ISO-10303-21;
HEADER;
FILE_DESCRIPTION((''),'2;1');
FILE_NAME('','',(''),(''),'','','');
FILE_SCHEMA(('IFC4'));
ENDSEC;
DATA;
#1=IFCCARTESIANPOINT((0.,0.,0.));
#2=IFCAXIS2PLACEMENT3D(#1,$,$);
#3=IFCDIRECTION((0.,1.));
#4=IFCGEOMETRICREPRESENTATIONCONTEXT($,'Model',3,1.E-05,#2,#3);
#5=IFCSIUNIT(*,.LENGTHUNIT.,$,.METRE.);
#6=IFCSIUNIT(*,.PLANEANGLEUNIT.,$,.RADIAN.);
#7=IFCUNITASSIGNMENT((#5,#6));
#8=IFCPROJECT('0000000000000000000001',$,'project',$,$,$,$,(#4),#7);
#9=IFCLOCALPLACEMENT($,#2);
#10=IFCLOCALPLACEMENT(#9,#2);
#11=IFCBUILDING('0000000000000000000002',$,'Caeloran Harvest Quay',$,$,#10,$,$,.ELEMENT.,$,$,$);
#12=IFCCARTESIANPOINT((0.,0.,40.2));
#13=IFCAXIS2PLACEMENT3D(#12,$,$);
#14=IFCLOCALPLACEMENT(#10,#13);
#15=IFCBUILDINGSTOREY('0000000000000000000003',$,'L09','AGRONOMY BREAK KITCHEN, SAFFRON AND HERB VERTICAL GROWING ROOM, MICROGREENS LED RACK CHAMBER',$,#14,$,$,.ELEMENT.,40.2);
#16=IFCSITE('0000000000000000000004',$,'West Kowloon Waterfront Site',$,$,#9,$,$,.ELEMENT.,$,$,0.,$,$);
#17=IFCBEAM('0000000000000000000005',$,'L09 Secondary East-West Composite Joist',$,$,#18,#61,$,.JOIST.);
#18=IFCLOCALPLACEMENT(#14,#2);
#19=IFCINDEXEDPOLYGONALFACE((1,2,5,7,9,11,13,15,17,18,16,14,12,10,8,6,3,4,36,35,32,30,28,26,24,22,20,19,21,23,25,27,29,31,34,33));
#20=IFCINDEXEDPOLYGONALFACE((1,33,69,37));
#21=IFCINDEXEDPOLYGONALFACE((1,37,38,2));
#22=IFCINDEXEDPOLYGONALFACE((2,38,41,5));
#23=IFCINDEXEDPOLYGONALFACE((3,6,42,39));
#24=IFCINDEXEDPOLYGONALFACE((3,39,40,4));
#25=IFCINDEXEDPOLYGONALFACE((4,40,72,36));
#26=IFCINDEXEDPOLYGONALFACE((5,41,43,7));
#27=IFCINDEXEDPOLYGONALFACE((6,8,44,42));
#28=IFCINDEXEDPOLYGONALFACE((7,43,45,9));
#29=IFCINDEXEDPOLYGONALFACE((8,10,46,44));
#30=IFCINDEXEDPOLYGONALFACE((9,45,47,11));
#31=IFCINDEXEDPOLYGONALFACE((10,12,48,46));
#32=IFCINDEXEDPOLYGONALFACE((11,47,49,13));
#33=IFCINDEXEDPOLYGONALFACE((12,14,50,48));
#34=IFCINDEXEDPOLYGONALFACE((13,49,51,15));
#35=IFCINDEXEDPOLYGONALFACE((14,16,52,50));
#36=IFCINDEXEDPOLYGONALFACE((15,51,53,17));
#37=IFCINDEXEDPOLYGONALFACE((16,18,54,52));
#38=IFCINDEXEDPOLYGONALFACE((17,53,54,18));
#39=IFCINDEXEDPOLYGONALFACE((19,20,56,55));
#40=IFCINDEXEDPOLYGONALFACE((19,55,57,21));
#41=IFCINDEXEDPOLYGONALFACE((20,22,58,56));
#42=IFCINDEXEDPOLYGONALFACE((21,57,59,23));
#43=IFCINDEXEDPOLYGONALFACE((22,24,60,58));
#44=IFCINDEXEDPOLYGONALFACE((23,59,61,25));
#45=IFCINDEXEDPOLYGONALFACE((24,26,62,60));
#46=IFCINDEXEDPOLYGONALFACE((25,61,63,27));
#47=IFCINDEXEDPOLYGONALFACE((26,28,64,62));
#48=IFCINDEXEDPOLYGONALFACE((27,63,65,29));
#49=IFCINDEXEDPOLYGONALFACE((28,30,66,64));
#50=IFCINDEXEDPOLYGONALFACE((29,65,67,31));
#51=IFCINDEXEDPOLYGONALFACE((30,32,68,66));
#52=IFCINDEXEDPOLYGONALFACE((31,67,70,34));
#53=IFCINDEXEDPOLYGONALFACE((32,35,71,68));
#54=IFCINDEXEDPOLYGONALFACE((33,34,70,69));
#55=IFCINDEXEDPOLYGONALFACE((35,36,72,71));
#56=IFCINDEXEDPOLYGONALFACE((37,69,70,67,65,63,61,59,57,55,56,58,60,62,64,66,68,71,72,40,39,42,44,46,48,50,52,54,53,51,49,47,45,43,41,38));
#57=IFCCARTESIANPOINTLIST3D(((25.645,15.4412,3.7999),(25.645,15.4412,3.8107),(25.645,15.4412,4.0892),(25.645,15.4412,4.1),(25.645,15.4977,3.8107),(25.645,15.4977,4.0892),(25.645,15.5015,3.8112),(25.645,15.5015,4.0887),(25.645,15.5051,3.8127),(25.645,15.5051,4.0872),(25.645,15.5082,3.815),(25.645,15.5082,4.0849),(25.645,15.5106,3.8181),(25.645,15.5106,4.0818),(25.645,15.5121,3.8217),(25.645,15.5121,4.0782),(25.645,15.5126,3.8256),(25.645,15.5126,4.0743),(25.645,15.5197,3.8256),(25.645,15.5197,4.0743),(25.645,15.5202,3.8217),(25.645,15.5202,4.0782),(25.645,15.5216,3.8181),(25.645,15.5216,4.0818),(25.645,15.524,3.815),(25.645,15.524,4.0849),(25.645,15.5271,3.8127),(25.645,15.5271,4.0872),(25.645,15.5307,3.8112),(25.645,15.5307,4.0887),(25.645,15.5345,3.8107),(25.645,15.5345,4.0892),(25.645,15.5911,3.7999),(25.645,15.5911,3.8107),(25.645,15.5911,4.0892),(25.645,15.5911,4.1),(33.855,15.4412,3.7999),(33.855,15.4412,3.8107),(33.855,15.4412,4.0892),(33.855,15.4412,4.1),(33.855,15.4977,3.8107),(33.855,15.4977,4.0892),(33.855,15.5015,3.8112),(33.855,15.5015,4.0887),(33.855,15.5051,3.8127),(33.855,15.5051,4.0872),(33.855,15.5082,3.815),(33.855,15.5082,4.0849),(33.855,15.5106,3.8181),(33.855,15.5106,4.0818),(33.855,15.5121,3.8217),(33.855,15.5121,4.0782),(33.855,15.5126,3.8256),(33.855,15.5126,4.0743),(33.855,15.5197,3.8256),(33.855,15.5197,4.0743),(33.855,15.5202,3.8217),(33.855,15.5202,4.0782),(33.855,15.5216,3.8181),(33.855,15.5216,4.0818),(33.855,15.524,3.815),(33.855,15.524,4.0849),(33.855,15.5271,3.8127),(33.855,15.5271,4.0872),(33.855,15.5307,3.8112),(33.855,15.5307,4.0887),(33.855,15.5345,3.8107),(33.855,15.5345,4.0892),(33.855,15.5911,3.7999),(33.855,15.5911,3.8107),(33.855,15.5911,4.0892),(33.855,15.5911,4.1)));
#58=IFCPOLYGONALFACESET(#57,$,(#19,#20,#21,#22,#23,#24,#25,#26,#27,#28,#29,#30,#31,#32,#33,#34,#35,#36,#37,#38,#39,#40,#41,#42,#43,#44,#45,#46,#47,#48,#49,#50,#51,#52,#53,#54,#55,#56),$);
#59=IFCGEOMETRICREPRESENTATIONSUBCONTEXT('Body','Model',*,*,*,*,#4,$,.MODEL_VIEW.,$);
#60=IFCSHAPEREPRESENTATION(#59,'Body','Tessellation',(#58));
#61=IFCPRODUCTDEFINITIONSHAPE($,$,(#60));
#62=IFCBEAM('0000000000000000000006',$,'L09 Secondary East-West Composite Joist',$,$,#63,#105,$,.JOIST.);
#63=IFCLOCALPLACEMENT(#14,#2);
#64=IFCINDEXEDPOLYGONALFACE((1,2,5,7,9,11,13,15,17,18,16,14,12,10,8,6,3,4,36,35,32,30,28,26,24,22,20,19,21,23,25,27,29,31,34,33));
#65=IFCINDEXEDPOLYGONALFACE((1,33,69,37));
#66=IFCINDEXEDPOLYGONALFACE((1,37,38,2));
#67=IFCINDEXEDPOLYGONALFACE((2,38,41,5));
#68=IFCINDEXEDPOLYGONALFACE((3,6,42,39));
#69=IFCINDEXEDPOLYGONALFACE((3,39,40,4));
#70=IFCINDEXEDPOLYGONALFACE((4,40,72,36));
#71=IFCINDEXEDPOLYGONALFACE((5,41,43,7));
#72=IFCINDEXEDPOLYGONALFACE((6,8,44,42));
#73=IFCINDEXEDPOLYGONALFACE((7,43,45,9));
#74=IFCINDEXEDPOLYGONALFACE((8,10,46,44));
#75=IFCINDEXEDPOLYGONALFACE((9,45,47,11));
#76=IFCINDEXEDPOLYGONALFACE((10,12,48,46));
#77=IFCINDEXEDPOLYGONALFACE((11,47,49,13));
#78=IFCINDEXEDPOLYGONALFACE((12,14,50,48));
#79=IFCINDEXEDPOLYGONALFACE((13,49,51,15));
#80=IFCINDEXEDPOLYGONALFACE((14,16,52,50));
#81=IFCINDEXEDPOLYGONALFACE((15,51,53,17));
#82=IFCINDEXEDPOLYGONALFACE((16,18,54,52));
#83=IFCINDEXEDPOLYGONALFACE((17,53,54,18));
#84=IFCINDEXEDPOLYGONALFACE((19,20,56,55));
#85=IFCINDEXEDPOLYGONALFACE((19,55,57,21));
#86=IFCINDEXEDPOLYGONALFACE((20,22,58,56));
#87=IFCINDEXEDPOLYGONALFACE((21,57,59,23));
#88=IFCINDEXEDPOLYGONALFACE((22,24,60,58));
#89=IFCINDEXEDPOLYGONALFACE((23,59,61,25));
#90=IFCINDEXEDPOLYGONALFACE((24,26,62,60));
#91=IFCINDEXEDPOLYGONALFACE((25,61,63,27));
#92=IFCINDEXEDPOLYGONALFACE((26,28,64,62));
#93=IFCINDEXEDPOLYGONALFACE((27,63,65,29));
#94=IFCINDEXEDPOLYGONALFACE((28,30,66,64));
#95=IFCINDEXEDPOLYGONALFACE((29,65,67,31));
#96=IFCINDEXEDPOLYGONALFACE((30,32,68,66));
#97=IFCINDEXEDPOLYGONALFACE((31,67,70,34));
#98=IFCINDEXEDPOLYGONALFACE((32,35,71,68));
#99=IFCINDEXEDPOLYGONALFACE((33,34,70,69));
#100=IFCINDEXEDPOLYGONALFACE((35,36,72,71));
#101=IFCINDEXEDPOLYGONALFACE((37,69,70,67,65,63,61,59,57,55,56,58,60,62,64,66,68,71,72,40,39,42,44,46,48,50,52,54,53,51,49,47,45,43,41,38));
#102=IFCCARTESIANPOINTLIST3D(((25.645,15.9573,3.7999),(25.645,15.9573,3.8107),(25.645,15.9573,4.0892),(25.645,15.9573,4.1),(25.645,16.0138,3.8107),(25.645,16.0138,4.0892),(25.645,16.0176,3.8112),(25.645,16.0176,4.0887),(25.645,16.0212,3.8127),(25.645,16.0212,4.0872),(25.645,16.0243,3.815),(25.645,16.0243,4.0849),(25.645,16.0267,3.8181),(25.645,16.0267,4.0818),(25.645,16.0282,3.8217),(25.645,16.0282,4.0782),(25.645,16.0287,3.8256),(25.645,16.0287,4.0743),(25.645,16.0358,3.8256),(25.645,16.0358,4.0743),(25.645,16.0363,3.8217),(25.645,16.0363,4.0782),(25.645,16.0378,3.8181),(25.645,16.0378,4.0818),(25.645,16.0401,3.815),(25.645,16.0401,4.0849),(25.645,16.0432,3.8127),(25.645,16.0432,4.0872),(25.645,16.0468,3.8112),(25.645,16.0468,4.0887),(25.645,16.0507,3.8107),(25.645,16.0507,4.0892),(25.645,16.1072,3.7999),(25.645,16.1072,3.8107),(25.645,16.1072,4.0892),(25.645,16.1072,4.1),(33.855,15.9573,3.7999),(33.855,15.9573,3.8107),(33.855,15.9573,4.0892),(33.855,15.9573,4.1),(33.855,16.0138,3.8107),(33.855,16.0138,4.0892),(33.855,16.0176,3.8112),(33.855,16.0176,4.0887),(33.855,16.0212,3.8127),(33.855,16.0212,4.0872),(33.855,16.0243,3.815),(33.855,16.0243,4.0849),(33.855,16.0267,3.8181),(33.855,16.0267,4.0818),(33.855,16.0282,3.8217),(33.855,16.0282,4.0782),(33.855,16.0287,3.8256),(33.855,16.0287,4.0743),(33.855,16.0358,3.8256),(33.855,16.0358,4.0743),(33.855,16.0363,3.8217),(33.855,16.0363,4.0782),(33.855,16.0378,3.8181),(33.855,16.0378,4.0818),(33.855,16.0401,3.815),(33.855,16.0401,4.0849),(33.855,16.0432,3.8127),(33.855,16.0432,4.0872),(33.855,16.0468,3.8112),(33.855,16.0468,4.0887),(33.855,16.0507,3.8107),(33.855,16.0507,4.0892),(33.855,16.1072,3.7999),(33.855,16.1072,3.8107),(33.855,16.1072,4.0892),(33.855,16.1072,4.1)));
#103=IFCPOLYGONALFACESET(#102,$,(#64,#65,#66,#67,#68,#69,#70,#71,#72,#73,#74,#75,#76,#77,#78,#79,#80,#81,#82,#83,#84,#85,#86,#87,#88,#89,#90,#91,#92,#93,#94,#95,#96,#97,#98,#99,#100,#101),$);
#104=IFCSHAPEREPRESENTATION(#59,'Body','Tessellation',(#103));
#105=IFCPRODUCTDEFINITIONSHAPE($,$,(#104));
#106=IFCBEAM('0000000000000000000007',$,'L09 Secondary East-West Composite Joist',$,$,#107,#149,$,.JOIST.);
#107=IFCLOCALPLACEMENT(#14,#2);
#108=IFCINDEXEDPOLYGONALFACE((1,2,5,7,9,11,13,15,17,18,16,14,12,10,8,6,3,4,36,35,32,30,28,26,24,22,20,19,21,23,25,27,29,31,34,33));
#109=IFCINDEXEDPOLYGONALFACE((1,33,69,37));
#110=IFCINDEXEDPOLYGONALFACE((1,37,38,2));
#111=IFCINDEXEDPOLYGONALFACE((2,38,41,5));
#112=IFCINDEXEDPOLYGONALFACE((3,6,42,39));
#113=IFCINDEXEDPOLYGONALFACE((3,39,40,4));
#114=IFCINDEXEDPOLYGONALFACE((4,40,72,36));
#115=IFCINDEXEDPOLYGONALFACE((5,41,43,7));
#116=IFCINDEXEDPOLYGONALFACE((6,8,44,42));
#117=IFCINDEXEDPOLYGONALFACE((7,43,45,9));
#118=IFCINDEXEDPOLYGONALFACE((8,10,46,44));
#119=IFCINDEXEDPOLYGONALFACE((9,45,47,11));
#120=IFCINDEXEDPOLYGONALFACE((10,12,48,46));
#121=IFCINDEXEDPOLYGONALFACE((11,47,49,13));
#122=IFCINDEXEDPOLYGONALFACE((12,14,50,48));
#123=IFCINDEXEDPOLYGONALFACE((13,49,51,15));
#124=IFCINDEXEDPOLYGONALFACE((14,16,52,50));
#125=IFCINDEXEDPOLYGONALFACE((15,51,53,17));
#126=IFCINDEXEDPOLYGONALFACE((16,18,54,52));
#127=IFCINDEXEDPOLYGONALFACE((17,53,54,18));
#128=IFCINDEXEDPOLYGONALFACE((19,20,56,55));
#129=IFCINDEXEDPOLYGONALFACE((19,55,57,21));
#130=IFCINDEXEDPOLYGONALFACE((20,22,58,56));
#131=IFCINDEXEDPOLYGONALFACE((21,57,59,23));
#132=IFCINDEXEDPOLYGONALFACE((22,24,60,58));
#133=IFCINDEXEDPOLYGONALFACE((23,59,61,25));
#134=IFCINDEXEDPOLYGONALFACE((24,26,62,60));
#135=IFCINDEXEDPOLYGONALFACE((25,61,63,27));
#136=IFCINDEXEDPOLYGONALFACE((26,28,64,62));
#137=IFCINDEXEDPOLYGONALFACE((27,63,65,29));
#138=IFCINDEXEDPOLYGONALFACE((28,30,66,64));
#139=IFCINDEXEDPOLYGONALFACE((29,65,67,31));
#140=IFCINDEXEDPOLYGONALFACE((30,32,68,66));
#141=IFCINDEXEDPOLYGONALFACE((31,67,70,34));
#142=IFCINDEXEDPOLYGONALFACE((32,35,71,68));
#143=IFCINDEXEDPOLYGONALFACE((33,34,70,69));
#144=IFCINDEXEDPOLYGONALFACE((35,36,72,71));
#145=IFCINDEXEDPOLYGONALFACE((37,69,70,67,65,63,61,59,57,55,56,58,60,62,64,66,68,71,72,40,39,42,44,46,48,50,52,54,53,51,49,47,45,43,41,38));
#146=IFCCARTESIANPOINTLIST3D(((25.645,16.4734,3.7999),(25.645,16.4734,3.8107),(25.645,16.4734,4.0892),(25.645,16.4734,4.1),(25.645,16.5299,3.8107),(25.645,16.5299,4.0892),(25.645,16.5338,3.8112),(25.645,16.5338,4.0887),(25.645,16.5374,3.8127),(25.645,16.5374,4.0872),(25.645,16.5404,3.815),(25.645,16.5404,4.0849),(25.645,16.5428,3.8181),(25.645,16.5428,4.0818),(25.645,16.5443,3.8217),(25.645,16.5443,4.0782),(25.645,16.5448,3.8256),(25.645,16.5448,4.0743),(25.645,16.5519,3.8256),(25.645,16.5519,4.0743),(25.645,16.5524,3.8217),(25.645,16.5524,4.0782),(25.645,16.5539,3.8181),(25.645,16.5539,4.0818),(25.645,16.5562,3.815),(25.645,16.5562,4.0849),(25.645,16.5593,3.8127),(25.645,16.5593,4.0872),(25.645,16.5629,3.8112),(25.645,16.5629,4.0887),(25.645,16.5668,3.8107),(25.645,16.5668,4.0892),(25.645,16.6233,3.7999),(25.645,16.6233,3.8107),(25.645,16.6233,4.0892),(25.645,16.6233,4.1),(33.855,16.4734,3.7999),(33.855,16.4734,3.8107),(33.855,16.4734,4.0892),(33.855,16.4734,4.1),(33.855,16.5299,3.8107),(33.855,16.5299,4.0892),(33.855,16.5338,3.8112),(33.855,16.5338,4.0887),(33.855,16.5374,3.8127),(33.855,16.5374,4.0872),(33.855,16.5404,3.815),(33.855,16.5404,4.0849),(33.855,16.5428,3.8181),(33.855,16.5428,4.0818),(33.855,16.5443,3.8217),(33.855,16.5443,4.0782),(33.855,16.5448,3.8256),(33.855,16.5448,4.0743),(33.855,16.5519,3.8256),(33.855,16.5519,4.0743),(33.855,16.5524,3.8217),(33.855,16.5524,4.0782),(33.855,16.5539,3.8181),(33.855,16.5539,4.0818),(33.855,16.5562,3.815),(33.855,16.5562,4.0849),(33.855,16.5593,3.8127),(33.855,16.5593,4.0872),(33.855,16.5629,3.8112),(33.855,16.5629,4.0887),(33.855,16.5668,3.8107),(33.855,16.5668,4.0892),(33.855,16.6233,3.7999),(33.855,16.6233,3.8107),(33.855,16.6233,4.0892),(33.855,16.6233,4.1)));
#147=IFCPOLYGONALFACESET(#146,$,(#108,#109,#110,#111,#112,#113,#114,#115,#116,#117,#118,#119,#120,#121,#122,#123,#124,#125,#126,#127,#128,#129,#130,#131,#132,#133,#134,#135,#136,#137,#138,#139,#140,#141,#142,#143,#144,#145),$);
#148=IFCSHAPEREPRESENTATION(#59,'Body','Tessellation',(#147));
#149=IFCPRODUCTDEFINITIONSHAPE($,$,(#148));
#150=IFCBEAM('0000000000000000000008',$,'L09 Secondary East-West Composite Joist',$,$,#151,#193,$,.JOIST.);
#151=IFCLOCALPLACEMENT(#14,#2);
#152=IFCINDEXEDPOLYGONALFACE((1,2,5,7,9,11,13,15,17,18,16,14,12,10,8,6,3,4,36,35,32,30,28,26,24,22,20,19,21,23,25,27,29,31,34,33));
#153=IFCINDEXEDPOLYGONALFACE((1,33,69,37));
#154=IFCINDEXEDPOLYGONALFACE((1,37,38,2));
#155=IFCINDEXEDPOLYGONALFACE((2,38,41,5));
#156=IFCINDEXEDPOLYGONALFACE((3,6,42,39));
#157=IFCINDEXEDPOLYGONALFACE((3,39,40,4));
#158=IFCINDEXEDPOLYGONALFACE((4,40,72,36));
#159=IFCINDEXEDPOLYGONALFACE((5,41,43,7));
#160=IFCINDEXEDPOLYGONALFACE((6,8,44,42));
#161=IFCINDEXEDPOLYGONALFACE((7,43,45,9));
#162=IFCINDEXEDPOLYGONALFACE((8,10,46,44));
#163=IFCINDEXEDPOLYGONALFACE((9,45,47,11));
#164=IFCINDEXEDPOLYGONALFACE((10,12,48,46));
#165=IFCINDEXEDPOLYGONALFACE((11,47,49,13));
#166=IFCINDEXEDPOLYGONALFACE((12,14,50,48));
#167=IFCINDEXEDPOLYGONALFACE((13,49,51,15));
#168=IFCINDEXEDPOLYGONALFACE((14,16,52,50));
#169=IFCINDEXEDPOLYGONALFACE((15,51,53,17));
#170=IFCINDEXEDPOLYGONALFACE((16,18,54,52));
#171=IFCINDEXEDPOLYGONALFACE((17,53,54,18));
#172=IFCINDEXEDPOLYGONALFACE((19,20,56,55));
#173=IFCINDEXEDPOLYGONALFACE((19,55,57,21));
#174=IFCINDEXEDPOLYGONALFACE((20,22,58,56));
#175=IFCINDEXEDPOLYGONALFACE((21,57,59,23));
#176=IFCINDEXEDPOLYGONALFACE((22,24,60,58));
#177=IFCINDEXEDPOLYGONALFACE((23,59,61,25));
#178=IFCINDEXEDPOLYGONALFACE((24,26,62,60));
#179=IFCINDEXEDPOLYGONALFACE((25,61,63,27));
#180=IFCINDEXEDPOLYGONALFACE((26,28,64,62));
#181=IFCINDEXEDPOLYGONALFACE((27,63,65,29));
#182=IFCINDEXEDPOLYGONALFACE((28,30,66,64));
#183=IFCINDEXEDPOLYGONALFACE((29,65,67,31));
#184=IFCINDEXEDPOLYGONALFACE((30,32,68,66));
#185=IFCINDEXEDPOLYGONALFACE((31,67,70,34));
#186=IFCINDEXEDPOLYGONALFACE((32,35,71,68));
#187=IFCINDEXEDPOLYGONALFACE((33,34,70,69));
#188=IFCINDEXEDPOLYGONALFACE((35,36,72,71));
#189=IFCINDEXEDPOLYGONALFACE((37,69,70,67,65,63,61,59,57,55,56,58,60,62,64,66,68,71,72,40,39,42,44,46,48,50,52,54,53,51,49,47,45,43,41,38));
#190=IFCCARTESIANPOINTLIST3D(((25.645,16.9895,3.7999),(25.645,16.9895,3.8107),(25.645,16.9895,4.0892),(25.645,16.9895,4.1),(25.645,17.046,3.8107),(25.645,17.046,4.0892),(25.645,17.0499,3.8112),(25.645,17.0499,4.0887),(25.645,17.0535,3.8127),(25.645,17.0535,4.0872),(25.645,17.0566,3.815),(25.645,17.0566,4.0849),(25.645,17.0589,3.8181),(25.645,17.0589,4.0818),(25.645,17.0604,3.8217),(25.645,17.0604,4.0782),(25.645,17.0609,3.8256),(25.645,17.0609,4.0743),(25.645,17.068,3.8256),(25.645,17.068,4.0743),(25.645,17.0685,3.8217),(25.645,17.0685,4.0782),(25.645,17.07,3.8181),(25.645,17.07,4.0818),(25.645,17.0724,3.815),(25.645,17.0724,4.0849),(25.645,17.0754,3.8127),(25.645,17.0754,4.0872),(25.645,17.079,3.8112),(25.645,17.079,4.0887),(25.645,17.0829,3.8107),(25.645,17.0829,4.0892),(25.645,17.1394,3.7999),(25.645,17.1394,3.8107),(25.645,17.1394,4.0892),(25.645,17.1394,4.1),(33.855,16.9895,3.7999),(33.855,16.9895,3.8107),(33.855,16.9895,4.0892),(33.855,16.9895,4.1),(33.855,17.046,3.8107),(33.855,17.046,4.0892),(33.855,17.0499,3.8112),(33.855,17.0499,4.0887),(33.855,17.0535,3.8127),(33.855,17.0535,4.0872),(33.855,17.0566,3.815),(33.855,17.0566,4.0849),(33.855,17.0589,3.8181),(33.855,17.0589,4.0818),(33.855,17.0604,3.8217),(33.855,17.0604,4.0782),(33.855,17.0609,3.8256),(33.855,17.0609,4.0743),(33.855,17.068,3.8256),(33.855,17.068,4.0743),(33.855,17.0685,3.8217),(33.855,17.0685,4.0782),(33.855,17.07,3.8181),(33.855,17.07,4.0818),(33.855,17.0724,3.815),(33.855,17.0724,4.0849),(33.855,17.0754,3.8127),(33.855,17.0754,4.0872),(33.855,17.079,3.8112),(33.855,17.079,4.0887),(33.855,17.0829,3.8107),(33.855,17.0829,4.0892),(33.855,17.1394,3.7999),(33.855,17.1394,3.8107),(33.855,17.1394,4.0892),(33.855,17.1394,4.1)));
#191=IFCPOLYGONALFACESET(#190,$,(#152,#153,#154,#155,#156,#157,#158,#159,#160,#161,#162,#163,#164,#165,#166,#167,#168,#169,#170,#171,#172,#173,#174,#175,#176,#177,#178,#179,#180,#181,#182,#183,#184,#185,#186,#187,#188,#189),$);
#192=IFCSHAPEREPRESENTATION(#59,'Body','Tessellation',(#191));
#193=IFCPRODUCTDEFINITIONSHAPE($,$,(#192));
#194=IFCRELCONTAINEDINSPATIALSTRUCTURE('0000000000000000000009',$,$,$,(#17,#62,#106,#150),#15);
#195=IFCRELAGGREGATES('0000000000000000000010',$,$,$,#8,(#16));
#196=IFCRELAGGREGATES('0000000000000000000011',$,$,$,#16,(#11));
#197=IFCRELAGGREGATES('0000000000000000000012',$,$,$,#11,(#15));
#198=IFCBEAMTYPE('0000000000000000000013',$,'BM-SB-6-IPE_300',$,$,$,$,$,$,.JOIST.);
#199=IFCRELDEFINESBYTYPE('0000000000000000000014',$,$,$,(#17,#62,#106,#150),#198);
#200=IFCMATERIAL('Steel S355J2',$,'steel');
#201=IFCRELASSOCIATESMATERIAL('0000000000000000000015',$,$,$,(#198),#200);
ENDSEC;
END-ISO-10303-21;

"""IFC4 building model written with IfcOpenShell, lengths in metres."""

from ifc_helpers import new_model, si_unit, direction, frame, origin, origin_2d, place, context, subcontext, project, spatial, i_section, extrude, material, material_profile, profile_set, type_object, element, save


model = new_model("IFC4")

# Units and contexts
model_context = context("Model", 3, precision=1e-05, world=origin(), true_north=direction((0.0, 1.0)))
body_context = subcontext(model_context, "Body", "Model", "MODEL_VIEW")
ifc_project = project(units=[si_unit("LENGTHUNIT", "METRE"), si_unit("PLANEANGLEUNIT", "RADIAN")], contexts=[model_context])

# Site, building, storey
site_placement = place(None, origin())
site = spatial("IfcSite", under=ifc_project, at=site_placement, Name="West Kowloon Waterfront Site", CompositionType="ELEMENT", RefElevation=0.0)
building_placement = place(site_placement, origin())
building = spatial("IfcBuilding", under=site, at=building_placement, Name="Caeloran Harvest Quay", CompositionType="ELEMENT")
storey_placement = place(building_placement, frame((0.0, 0.0, 40.2)))
storey = spatial("IfcBuildingStorey", under=building, at=storey_placement, Name="L09", Description="AGRONOMY BREAK KITCHEN, SAFFRON AND HERB VERTICAL GROWING ROOM, MICROGREENS LED RACK CHAMBER", CompositionType="ELEMENT", Elevation=40.2)

# Beams
ifc_material_1 = material(Name="Steel S355J2", Category="steel")
ifc_material_profile_1 = material_profile(ifc_material_1, i_section(OverallWidth=0.1499, OverallDepth=0.3, WebThickness=0.0071, FlangeThickness=0.0107, FilletRadius=0.0149, at=origin_2d()), Name="IPE 300")
ifc_profile_set_1 = profile_set([ifc_material_profile_1], Name="Steel S355J2")
beam_type_1 = type_object("IfcBeamType", Name="BM-SB-6-IPE_300", PredefinedType="JOIST", material=ifc_profile_set_1)
for number, where, z_axis, x_axis, name in (
    (1, (25.645, 15.5161, 3.95), (1.0, 0.0, 0.0), (0.0, 1.0, 0.0), "L09 Secondary East-West Composite Joist"),
    (2, (25.645, 16.0322, 3.95), (1.0, 0.0, 0.0), (0.0, 1.0, 0.0), "L09 Secondary East-West Composite Joist"),
    (3, (25.645, 16.5483, 3.95), (1.0, 0.0, 0.0), (0.0, 1.0, 0.0), "L09 Secondary East-West Composite Joist"),
    (4, (25.645, 17.0645, 3.95), (1.0, 0.0, 0.0), (0.0, 1.0, 0.0), "L09 Secondary East-West Composite Joist"),
):
    element("IfcBeam", number, at=place(storey_placement, frame(where, z_axis=z_axis, x_axis=x_axis)), inside=storey, type_object=beam_type_1, Name=name, PredefinedType="JOIST", context=body_context, shape_type="SweptSolid", body=[
        extrude(i_section(OverallWidth=0.1499, OverallDepth=0.3, WebThickness=0.0071, FlangeThickness=0.0107, FilletRadius=0.0149, at=origin_2d()), origin(), (0.0, 0.0, 1.0), 8.21),
    ])

save(model, "model.ifc")
